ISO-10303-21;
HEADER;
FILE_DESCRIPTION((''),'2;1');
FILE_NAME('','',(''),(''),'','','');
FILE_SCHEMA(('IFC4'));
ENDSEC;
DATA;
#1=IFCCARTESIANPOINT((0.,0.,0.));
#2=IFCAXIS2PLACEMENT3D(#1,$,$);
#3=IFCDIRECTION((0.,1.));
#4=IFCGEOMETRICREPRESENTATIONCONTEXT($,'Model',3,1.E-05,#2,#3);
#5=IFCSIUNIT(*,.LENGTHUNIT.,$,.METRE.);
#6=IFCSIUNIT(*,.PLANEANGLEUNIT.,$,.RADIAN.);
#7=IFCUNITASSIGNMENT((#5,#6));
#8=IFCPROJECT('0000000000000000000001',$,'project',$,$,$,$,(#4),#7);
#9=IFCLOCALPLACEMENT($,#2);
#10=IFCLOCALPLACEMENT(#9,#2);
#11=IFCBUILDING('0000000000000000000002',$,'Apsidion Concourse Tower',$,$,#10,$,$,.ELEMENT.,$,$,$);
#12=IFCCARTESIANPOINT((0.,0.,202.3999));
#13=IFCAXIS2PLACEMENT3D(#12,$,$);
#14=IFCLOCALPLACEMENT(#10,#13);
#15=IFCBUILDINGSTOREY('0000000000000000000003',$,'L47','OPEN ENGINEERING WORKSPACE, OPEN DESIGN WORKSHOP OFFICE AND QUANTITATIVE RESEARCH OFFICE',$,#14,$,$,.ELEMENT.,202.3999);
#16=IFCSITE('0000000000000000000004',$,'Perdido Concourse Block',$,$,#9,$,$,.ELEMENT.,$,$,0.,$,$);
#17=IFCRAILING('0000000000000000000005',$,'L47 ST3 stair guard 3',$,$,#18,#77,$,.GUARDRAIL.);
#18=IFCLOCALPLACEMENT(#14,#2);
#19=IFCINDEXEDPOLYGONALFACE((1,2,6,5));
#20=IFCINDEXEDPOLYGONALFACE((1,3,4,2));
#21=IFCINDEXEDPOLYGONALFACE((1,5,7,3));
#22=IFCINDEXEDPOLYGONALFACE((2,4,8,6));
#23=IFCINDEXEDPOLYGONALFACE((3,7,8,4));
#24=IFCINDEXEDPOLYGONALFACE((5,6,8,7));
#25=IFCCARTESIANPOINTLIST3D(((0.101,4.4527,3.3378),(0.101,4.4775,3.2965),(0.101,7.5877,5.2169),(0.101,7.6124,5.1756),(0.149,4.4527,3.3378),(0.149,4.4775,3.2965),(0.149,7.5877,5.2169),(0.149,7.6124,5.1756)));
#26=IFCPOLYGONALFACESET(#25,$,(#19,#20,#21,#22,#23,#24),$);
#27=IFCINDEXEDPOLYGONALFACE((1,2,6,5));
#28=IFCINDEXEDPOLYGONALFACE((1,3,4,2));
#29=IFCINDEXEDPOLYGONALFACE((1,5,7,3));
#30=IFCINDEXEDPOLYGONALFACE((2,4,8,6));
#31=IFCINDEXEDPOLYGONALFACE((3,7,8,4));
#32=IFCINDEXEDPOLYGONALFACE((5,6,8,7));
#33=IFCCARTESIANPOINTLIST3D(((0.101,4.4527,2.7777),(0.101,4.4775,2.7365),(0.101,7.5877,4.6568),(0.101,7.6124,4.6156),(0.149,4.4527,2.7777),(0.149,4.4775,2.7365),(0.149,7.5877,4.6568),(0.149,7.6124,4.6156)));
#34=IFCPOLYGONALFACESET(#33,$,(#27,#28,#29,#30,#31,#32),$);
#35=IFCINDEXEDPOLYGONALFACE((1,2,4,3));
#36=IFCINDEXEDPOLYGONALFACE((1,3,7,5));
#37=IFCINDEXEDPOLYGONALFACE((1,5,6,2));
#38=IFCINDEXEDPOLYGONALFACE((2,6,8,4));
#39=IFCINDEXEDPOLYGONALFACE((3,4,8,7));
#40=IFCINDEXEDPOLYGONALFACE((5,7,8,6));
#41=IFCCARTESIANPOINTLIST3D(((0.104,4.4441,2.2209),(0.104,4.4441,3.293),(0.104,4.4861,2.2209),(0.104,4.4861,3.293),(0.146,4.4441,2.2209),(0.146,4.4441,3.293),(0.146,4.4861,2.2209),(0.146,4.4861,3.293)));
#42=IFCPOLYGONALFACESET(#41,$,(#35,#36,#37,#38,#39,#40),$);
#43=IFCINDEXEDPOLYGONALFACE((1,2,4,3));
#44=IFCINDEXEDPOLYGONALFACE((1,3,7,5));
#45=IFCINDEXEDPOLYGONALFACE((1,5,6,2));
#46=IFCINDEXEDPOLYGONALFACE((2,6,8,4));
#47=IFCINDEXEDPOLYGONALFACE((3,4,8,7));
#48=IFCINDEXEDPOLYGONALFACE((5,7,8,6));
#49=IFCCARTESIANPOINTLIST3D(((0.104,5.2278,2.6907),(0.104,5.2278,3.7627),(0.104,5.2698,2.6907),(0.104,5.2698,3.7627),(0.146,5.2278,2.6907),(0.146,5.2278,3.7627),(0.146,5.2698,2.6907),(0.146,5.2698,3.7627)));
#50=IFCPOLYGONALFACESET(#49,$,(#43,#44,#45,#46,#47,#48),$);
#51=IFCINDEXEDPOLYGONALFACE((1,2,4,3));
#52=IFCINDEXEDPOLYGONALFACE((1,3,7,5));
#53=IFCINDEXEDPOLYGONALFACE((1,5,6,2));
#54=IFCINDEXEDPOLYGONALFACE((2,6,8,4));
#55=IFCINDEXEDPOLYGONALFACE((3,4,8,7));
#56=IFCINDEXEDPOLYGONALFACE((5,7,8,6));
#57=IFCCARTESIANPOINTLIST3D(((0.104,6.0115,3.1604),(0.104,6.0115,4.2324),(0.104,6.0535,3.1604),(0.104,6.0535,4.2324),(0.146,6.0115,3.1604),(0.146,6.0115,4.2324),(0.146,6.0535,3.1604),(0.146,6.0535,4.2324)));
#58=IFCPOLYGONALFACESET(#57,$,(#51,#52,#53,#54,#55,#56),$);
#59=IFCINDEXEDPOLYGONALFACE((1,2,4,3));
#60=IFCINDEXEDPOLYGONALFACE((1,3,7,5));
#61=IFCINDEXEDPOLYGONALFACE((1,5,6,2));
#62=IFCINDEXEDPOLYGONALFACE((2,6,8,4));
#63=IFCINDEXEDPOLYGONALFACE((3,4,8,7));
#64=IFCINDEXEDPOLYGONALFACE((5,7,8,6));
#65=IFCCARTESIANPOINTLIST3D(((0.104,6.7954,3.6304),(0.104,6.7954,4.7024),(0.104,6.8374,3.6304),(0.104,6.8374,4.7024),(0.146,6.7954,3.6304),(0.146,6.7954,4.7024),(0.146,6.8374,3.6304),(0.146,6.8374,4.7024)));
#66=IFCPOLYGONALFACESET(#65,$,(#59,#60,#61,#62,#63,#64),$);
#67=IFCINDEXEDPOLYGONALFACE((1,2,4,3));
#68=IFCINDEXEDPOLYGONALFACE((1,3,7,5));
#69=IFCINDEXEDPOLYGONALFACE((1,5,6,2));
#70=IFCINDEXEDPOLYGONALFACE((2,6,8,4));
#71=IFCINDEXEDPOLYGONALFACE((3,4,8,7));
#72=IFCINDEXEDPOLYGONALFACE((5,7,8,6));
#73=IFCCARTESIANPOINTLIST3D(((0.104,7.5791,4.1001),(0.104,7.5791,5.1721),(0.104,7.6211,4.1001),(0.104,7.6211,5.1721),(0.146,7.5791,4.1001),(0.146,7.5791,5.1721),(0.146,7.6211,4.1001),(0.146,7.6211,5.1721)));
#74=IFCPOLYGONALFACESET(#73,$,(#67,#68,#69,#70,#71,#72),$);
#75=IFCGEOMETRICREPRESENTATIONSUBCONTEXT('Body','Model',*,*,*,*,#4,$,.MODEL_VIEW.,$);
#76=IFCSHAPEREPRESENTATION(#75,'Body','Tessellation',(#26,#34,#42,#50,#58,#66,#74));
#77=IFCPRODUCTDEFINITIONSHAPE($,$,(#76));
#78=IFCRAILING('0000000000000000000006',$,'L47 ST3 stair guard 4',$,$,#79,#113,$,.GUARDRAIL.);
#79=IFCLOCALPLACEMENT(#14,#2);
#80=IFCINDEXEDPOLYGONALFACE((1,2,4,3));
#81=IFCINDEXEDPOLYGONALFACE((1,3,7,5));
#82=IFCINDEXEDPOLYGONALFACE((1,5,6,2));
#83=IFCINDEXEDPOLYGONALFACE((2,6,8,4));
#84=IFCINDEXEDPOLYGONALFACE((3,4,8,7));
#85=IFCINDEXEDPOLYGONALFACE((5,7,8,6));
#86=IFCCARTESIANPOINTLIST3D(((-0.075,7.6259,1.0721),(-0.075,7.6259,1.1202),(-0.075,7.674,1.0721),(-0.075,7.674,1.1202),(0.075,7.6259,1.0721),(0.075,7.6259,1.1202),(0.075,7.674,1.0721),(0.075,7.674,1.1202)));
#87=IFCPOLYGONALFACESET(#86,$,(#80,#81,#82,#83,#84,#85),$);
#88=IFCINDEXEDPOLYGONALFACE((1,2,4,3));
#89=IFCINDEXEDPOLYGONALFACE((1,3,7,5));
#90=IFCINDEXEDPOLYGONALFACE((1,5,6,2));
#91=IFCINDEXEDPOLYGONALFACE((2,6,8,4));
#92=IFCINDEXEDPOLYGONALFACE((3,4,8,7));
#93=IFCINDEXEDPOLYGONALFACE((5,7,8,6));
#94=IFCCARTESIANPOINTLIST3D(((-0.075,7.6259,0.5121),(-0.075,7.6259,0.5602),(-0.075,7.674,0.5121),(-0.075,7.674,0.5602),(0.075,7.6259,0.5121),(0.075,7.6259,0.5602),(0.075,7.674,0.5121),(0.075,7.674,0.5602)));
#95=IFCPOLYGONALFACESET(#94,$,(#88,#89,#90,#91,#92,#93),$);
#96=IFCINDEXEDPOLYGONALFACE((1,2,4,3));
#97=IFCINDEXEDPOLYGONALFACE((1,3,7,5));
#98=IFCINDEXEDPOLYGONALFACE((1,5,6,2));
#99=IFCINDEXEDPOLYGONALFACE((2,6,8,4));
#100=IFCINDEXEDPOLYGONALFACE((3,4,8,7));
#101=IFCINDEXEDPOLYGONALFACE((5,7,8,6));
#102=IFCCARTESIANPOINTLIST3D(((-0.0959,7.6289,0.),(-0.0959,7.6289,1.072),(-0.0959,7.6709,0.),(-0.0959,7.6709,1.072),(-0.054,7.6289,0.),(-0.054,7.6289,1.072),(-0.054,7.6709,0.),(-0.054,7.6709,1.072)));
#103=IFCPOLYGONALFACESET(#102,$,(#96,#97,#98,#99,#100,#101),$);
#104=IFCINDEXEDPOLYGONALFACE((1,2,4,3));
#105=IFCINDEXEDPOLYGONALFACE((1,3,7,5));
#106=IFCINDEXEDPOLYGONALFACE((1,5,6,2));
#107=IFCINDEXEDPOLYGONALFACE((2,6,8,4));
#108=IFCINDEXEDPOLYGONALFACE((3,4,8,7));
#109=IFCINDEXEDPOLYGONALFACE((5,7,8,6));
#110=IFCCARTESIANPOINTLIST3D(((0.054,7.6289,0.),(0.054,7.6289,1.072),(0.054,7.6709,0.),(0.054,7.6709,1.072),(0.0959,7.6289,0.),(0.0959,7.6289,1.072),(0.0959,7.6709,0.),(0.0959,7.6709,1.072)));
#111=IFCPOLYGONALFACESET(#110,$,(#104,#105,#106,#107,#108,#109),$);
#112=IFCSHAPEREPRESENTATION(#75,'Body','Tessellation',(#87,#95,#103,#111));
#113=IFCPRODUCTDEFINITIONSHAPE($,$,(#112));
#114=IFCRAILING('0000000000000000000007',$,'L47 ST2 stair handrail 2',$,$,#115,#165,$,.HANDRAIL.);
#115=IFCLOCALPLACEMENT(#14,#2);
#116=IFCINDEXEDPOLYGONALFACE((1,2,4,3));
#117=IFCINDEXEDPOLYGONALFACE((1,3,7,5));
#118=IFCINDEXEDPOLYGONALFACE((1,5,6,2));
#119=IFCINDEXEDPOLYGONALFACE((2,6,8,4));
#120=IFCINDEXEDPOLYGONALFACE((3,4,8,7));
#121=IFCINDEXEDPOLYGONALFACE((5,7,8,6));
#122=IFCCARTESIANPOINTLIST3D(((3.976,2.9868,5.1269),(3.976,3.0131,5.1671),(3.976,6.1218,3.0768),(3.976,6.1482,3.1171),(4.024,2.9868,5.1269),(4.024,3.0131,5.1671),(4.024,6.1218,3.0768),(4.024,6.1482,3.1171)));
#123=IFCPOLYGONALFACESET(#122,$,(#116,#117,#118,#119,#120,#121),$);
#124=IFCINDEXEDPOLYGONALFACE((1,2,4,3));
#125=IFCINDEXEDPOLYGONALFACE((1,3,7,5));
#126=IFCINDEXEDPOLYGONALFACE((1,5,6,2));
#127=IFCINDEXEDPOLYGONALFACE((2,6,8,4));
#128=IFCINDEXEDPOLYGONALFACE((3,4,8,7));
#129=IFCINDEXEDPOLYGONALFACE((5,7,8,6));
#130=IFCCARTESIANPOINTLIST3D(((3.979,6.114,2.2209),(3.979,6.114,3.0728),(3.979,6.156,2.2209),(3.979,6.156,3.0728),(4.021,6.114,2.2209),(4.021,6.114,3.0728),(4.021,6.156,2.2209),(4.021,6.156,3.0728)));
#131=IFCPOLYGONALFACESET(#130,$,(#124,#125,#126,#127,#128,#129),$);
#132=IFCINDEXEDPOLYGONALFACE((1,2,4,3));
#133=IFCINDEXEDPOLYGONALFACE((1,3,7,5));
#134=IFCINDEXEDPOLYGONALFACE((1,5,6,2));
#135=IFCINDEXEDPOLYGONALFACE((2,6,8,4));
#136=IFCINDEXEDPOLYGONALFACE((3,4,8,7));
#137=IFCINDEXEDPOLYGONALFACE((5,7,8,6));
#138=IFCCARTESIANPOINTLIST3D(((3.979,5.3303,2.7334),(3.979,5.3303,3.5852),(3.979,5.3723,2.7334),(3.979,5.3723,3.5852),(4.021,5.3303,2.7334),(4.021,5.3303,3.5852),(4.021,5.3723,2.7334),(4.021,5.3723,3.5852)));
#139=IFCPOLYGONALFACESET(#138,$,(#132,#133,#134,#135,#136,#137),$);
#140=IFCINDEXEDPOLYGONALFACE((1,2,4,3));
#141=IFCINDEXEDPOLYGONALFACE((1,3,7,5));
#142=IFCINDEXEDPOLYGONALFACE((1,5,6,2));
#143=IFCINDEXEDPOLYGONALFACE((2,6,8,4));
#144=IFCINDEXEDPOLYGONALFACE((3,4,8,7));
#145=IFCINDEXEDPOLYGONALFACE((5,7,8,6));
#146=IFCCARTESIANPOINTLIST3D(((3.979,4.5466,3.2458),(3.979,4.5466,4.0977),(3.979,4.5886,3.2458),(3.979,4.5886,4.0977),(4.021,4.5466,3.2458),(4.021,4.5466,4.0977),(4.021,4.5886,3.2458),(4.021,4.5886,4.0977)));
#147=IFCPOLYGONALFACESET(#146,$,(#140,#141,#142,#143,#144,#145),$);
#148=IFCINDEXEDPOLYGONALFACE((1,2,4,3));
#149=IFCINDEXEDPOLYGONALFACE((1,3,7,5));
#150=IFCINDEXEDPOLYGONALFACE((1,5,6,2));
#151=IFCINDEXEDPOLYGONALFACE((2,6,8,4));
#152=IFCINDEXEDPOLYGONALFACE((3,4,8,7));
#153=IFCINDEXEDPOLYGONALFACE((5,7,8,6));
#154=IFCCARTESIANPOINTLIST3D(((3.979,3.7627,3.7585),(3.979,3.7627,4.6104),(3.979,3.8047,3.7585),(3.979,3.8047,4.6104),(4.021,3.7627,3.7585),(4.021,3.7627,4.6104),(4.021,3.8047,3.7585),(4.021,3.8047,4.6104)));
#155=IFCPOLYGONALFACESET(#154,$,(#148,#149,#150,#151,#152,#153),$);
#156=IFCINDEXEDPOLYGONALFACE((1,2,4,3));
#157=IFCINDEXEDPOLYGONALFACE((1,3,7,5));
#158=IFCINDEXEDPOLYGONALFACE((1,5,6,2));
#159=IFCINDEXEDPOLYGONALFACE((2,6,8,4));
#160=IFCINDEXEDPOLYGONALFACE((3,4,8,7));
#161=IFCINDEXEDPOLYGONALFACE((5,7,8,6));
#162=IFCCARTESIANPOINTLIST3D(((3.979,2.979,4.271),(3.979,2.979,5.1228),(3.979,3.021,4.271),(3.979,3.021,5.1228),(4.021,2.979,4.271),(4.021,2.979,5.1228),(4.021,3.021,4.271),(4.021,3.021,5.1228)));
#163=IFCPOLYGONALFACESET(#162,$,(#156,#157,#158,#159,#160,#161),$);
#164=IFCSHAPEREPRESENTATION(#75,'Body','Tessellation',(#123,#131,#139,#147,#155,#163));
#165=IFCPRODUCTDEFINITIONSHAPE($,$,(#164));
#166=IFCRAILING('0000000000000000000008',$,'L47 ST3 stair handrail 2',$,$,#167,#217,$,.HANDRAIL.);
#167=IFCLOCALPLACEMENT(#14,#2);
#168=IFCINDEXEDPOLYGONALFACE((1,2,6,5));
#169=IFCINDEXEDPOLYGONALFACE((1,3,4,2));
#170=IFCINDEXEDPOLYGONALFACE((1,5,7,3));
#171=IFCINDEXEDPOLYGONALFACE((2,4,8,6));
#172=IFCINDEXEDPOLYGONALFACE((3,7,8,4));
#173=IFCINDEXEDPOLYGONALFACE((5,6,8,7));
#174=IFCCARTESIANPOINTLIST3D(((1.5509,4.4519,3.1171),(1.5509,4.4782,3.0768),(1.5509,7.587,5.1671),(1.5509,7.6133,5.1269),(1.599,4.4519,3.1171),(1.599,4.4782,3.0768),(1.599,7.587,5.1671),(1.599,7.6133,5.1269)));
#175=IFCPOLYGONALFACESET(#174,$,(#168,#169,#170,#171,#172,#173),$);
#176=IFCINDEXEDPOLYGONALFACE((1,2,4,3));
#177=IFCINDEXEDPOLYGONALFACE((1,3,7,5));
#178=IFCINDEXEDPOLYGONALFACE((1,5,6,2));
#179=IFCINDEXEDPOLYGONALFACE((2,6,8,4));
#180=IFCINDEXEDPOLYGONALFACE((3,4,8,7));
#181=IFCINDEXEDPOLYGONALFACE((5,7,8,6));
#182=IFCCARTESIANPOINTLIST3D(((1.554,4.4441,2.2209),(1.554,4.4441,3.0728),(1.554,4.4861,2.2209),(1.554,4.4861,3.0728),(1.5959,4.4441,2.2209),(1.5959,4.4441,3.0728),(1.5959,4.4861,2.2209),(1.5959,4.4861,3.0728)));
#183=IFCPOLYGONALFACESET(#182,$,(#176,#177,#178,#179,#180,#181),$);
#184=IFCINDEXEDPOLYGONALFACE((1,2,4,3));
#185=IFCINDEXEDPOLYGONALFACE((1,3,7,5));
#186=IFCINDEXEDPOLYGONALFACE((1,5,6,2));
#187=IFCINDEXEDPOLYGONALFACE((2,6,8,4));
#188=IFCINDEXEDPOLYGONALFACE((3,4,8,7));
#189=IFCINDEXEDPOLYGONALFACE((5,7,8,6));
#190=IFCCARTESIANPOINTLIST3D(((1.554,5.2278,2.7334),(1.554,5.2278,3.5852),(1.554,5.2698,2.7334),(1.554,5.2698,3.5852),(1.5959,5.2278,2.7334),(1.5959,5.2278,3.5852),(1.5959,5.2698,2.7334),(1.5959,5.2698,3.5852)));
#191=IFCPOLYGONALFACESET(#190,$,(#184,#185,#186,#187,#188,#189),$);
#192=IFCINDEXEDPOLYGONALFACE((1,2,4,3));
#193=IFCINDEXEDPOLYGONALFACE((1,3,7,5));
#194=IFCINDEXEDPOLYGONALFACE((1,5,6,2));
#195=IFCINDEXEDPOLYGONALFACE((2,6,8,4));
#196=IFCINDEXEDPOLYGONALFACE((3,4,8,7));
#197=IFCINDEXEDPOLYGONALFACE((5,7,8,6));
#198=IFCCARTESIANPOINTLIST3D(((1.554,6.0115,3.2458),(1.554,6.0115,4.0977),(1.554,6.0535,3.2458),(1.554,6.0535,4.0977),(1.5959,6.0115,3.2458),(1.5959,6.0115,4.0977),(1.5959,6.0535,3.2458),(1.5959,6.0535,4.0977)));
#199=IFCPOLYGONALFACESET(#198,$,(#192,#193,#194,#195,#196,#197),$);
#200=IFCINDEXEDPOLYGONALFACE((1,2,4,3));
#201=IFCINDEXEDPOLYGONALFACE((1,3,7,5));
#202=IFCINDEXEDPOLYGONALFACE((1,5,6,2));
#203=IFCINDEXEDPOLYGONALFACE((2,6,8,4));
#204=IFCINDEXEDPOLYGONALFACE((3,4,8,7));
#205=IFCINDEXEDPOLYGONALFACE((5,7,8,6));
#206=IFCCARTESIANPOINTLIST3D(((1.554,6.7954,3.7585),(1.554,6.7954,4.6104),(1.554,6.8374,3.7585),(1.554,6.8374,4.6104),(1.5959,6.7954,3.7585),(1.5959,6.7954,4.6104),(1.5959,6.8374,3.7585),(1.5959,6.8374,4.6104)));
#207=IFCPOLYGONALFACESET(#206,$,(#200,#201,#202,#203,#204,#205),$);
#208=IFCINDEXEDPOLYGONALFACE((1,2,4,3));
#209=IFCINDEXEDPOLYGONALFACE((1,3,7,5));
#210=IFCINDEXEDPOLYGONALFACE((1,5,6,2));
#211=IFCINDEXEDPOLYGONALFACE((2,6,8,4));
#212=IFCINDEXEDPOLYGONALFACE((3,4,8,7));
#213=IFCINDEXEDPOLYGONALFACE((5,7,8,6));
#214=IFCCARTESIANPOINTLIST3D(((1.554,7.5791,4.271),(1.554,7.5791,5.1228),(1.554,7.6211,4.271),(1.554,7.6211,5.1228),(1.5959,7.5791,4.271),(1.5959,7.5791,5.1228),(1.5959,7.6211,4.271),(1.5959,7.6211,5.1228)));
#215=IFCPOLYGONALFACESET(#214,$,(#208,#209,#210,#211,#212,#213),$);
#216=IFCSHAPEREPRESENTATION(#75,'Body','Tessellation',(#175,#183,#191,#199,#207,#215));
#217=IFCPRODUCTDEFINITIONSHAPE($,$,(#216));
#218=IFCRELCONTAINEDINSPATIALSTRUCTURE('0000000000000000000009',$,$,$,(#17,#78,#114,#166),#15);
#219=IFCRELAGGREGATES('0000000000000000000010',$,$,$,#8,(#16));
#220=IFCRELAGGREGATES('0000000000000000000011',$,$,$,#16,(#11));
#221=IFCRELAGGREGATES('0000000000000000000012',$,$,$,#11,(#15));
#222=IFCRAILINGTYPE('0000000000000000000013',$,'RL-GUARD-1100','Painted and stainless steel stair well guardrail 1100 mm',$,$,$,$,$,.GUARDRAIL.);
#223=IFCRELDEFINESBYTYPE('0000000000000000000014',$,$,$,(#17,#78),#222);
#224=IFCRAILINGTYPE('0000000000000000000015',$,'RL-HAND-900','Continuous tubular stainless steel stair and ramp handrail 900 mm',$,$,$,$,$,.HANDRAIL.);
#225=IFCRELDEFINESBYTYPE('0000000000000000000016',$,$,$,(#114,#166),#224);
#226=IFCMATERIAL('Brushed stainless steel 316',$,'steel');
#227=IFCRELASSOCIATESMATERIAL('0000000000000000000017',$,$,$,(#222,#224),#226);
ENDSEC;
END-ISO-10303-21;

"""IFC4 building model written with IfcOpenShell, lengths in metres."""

from ifc_helpers import new_model, si_unit, direction, frame, origin, origin_2d, place, context, subcontext, project, spatial, rectangle, extrude, material, type_object, element, save


model = new_model("IFC4")

# Units and contexts
model_context = context("Model", 3, precision=1e-05, world=origin(), true_north=direction((0.0, 1.0)))
body_context = subcontext(model_context, "Body", "Model", "MODEL_VIEW")
ifc_project = project(units=[si_unit("LENGTHUNIT", "METRE"), si_unit("PLANEANGLEUNIT", "RADIAN")], contexts=[model_context])

# Site, building, storey
site_placement = place(None, origin())
site = spatial("IfcSite", under=ifc_project, at=site_placement, Name="Perdido Concourse Block", CompositionType="ELEMENT", RefElevation=0.0)
building_placement = place(site_placement, origin())
building = spatial("IfcBuilding", under=site, at=building_placement, Name="Apsidion Concourse Tower", CompositionType="ELEMENT")
storey_placement = place(building_placement, frame((0.0, 0.0, 202.3999)))
storey = spatial("IfcBuildingStorey", under=building, at=storey_placement, Name="L47", Description="OPEN ENGINEERING WORKSPACE, OPEN DESIGN WORKSHOP OFFICE AND QUANTITATIVE RESEARCH OFFICE", CompositionType="ELEMENT", Elevation=202.3999)

# Railings
ifc_material_1 = material(Name="Brushed stainless steel 316", Category="steel")
railing_type_1 = type_object("IfcRailingType", Name="RL-GUARD-1100", Description="Painted and stainless steel stair well guardrail 1100 mm", PredefinedType="GUARDRAIL", material=ifc_material_1)
railing_1_placement = place(storey_placement, frame((0.125, 4.4651, 2.2209)))
element("IfcRailing", 1, at=railing_1_placement, inside=storey, type_object=railing_type_1, Name="L47 ST3 stair guard 3", PredefinedType="GUARDRAIL", context=body_context, shape_type="SweptSolid", body=[
    extrude(rectangle(XDim=0.0481, YDim=0.0481, at=origin_2d()), frame((0.0, 0.0, 1.0962), z_axis=(0.0, 0.857717, 0.514122), x_axis=(-1.0, 0.0, 0.0)), (0.0, 0.0, 1.0), 3.655),
    extrude(rectangle(XDim=0.0481, YDim=0.0481, at=origin_2d()), frame((0.0, 0.0, 0.5361), z_axis=(0.0, 0.857717, 0.514122), x_axis=(-1.0, 0.0, 0.0)), (0.0, 0.0, 1.0), 3.655),
    extrude(rectangle(XDim=0.042, YDim=0.042, at=origin_2d()), origin(), (0.0, 0.0, 1.0), 1.072),
    extrude(rectangle(XDim=0.042, YDim=0.042, at=origin_2d()), frame((0.0, 0.7837, 0.4697)), (0.0, 0.0, 1.0), 1.072),
    extrude(rectangle(XDim=0.042, YDim=0.042, at=origin_2d()), frame((0.0, 1.5674, 0.9395)), (0.0, 0.0, 1.0), 1.072),
    extrude(rectangle(XDim=0.042, YDim=0.042, at=origin_2d()), frame((0.0, 2.3513, 1.4094)), (0.0, 0.0, 1.0), 1.072),
    extrude(rectangle(XDim=0.042, YDim=0.042, at=origin_2d()), frame((0.0, 3.135, 1.8792)), (0.0, 0.0, 1.0), 1.072),
])
railing_2_placement = place(storey_placement, frame((-0.075, 7.6499, 0.0)))
element("IfcRailing", 2, at=railing_2_placement, inside=storey, type_object=railing_type_1, Name="L47 ST3 stair guard 4", PredefinedType="GUARDRAIL", context=body_context, shape_type="SweptSolid", body=[
    extrude(rectangle(XDim=0.0481, YDim=0.0481, at=origin_2d()), frame((0.0, 0.0, 1.0962), z_axis=(1.0, 0.0, 0.0), x_axis=(0.0, 1.0, 0.0)), (0.0, 0.0, 1.0), 0.1499),
    extrude(rectangle(XDim=0.0481, YDim=0.0481, at=origin_2d()), frame((0.0, 0.0, 0.5361), z_axis=(1.0, 0.0, 0.0), x_axis=(0.0, 1.0, 0.0)), (0.0, 0.0, 1.0), 0.1499),
    extrude(rectangle(XDim=0.042, YDim=0.042, at=origin_2d()), origin(), (0.0, 0.0, 1.0), 1.072),
    extrude(rectangle(XDim=0.042, YDim=0.042, at=origin_2d()), frame((0.1499, 0.0, 0.0)), (0.0, 0.0, 1.0), 1.072),
])
railing_type_2 = type_object("IfcRailingType", Name="RL-HAND-900", Description="Continuous tubular stainless steel stair and ramp handrail 900 mm", PredefinedType="HANDRAIL", material=ifc_material_1)
railing_3_placement = place(storey_placement, frame((4.0, 6.135, 2.2209)))
element("IfcRailing", 3, at=railing_3_placement, inside=storey, type_object=railing_type_2, Name="L47 ST2 stair handrail 2", PredefinedType="HANDRAIL", context=body_context, shape_type="SweptSolid", body=[
    extrude(rectangle(XDim=0.0481, YDim=0.0481, at=origin_2d()), frame((0.0, 0.0, 0.876), z_axis=(0.0, -0.836941, 0.547293), x_axis=(1.0, 0.0, 0.0)), (0.0, 0.0, 1.0), 3.7458),
    extrude(rectangle(XDim=0.042, YDim=0.042, at=origin_2d()), origin(), (0.0, 0.0, 1.0), 0.8518),
    extrude(rectangle(XDim=0.042, YDim=0.042, at=origin_2d()), frame((0.0, -0.7837, 0.5125)), (0.0, 0.0, 1.0), 0.8518),
    extrude(rectangle(XDim=0.042, YDim=0.042, at=origin_2d()), frame((0.0, -1.5674, 1.0249)), (0.0, 0.0, 1.0), 0.8518),
    extrude(rectangle(XDim=0.042, YDim=0.042, at=origin_2d()), frame((0.0, -2.3513, 1.5376)), (0.0, 0.0, 1.0), 0.8518),
    extrude(rectangle(XDim=0.042, YDim=0.042, at=origin_2d()), frame((0.0, -3.135, 2.05)), (0.0, 0.0, 1.0), 0.8518),
])
railing_4_placement = place(storey_placement, frame((1.575, 4.4651, 2.2209)))
element("IfcRailing", 4, at=railing_4_placement, inside=storey, type_object=railing_type_2, Name="L47 ST3 stair handrail 2", PredefinedType="HANDRAIL", context=body_context, shape_type="SweptSolid", body=[
    extrude(rectangle(XDim=0.0481, YDim=0.0481, at=origin_2d()), frame((0.0, 0.0, 0.876), z_axis=(0.0, 0.836941, 0.547293), x_axis=(-1.0, 0.0, 0.0)), (0.0, 0.0, 1.0), 3.7458),
    extrude(rectangle(XDim=0.042, YDim=0.042, at=origin_2d()), origin(), (0.0, 0.0, 1.0), 0.8518),
    extrude(rectangle(XDim=0.042, YDim=0.042, at=origin_2d()), frame((0.0, 0.7837, 0.5125)), (0.0, 0.0, 1.0), 0.8518),
    extrude(rectangle(XDim=0.042, YDim=0.042, at=origin_2d()), frame((0.0, 1.5674, 1.0249)), (0.0, 0.0, 1.0), 0.8518),
    extrude(rectangle(XDim=0.042, YDim=0.042, at=origin_2d()), frame((0.0, 2.3513, 1.5376)), (0.0, 0.0, 1.0), 0.8518),
    extrude(rectangle(XDim=0.042, YDim=0.042, at=origin_2d()), frame((0.0, 3.135, 2.05)), (0.0, 0.0, 1.0), 0.8518),
])

save(model, "model.ifc")
